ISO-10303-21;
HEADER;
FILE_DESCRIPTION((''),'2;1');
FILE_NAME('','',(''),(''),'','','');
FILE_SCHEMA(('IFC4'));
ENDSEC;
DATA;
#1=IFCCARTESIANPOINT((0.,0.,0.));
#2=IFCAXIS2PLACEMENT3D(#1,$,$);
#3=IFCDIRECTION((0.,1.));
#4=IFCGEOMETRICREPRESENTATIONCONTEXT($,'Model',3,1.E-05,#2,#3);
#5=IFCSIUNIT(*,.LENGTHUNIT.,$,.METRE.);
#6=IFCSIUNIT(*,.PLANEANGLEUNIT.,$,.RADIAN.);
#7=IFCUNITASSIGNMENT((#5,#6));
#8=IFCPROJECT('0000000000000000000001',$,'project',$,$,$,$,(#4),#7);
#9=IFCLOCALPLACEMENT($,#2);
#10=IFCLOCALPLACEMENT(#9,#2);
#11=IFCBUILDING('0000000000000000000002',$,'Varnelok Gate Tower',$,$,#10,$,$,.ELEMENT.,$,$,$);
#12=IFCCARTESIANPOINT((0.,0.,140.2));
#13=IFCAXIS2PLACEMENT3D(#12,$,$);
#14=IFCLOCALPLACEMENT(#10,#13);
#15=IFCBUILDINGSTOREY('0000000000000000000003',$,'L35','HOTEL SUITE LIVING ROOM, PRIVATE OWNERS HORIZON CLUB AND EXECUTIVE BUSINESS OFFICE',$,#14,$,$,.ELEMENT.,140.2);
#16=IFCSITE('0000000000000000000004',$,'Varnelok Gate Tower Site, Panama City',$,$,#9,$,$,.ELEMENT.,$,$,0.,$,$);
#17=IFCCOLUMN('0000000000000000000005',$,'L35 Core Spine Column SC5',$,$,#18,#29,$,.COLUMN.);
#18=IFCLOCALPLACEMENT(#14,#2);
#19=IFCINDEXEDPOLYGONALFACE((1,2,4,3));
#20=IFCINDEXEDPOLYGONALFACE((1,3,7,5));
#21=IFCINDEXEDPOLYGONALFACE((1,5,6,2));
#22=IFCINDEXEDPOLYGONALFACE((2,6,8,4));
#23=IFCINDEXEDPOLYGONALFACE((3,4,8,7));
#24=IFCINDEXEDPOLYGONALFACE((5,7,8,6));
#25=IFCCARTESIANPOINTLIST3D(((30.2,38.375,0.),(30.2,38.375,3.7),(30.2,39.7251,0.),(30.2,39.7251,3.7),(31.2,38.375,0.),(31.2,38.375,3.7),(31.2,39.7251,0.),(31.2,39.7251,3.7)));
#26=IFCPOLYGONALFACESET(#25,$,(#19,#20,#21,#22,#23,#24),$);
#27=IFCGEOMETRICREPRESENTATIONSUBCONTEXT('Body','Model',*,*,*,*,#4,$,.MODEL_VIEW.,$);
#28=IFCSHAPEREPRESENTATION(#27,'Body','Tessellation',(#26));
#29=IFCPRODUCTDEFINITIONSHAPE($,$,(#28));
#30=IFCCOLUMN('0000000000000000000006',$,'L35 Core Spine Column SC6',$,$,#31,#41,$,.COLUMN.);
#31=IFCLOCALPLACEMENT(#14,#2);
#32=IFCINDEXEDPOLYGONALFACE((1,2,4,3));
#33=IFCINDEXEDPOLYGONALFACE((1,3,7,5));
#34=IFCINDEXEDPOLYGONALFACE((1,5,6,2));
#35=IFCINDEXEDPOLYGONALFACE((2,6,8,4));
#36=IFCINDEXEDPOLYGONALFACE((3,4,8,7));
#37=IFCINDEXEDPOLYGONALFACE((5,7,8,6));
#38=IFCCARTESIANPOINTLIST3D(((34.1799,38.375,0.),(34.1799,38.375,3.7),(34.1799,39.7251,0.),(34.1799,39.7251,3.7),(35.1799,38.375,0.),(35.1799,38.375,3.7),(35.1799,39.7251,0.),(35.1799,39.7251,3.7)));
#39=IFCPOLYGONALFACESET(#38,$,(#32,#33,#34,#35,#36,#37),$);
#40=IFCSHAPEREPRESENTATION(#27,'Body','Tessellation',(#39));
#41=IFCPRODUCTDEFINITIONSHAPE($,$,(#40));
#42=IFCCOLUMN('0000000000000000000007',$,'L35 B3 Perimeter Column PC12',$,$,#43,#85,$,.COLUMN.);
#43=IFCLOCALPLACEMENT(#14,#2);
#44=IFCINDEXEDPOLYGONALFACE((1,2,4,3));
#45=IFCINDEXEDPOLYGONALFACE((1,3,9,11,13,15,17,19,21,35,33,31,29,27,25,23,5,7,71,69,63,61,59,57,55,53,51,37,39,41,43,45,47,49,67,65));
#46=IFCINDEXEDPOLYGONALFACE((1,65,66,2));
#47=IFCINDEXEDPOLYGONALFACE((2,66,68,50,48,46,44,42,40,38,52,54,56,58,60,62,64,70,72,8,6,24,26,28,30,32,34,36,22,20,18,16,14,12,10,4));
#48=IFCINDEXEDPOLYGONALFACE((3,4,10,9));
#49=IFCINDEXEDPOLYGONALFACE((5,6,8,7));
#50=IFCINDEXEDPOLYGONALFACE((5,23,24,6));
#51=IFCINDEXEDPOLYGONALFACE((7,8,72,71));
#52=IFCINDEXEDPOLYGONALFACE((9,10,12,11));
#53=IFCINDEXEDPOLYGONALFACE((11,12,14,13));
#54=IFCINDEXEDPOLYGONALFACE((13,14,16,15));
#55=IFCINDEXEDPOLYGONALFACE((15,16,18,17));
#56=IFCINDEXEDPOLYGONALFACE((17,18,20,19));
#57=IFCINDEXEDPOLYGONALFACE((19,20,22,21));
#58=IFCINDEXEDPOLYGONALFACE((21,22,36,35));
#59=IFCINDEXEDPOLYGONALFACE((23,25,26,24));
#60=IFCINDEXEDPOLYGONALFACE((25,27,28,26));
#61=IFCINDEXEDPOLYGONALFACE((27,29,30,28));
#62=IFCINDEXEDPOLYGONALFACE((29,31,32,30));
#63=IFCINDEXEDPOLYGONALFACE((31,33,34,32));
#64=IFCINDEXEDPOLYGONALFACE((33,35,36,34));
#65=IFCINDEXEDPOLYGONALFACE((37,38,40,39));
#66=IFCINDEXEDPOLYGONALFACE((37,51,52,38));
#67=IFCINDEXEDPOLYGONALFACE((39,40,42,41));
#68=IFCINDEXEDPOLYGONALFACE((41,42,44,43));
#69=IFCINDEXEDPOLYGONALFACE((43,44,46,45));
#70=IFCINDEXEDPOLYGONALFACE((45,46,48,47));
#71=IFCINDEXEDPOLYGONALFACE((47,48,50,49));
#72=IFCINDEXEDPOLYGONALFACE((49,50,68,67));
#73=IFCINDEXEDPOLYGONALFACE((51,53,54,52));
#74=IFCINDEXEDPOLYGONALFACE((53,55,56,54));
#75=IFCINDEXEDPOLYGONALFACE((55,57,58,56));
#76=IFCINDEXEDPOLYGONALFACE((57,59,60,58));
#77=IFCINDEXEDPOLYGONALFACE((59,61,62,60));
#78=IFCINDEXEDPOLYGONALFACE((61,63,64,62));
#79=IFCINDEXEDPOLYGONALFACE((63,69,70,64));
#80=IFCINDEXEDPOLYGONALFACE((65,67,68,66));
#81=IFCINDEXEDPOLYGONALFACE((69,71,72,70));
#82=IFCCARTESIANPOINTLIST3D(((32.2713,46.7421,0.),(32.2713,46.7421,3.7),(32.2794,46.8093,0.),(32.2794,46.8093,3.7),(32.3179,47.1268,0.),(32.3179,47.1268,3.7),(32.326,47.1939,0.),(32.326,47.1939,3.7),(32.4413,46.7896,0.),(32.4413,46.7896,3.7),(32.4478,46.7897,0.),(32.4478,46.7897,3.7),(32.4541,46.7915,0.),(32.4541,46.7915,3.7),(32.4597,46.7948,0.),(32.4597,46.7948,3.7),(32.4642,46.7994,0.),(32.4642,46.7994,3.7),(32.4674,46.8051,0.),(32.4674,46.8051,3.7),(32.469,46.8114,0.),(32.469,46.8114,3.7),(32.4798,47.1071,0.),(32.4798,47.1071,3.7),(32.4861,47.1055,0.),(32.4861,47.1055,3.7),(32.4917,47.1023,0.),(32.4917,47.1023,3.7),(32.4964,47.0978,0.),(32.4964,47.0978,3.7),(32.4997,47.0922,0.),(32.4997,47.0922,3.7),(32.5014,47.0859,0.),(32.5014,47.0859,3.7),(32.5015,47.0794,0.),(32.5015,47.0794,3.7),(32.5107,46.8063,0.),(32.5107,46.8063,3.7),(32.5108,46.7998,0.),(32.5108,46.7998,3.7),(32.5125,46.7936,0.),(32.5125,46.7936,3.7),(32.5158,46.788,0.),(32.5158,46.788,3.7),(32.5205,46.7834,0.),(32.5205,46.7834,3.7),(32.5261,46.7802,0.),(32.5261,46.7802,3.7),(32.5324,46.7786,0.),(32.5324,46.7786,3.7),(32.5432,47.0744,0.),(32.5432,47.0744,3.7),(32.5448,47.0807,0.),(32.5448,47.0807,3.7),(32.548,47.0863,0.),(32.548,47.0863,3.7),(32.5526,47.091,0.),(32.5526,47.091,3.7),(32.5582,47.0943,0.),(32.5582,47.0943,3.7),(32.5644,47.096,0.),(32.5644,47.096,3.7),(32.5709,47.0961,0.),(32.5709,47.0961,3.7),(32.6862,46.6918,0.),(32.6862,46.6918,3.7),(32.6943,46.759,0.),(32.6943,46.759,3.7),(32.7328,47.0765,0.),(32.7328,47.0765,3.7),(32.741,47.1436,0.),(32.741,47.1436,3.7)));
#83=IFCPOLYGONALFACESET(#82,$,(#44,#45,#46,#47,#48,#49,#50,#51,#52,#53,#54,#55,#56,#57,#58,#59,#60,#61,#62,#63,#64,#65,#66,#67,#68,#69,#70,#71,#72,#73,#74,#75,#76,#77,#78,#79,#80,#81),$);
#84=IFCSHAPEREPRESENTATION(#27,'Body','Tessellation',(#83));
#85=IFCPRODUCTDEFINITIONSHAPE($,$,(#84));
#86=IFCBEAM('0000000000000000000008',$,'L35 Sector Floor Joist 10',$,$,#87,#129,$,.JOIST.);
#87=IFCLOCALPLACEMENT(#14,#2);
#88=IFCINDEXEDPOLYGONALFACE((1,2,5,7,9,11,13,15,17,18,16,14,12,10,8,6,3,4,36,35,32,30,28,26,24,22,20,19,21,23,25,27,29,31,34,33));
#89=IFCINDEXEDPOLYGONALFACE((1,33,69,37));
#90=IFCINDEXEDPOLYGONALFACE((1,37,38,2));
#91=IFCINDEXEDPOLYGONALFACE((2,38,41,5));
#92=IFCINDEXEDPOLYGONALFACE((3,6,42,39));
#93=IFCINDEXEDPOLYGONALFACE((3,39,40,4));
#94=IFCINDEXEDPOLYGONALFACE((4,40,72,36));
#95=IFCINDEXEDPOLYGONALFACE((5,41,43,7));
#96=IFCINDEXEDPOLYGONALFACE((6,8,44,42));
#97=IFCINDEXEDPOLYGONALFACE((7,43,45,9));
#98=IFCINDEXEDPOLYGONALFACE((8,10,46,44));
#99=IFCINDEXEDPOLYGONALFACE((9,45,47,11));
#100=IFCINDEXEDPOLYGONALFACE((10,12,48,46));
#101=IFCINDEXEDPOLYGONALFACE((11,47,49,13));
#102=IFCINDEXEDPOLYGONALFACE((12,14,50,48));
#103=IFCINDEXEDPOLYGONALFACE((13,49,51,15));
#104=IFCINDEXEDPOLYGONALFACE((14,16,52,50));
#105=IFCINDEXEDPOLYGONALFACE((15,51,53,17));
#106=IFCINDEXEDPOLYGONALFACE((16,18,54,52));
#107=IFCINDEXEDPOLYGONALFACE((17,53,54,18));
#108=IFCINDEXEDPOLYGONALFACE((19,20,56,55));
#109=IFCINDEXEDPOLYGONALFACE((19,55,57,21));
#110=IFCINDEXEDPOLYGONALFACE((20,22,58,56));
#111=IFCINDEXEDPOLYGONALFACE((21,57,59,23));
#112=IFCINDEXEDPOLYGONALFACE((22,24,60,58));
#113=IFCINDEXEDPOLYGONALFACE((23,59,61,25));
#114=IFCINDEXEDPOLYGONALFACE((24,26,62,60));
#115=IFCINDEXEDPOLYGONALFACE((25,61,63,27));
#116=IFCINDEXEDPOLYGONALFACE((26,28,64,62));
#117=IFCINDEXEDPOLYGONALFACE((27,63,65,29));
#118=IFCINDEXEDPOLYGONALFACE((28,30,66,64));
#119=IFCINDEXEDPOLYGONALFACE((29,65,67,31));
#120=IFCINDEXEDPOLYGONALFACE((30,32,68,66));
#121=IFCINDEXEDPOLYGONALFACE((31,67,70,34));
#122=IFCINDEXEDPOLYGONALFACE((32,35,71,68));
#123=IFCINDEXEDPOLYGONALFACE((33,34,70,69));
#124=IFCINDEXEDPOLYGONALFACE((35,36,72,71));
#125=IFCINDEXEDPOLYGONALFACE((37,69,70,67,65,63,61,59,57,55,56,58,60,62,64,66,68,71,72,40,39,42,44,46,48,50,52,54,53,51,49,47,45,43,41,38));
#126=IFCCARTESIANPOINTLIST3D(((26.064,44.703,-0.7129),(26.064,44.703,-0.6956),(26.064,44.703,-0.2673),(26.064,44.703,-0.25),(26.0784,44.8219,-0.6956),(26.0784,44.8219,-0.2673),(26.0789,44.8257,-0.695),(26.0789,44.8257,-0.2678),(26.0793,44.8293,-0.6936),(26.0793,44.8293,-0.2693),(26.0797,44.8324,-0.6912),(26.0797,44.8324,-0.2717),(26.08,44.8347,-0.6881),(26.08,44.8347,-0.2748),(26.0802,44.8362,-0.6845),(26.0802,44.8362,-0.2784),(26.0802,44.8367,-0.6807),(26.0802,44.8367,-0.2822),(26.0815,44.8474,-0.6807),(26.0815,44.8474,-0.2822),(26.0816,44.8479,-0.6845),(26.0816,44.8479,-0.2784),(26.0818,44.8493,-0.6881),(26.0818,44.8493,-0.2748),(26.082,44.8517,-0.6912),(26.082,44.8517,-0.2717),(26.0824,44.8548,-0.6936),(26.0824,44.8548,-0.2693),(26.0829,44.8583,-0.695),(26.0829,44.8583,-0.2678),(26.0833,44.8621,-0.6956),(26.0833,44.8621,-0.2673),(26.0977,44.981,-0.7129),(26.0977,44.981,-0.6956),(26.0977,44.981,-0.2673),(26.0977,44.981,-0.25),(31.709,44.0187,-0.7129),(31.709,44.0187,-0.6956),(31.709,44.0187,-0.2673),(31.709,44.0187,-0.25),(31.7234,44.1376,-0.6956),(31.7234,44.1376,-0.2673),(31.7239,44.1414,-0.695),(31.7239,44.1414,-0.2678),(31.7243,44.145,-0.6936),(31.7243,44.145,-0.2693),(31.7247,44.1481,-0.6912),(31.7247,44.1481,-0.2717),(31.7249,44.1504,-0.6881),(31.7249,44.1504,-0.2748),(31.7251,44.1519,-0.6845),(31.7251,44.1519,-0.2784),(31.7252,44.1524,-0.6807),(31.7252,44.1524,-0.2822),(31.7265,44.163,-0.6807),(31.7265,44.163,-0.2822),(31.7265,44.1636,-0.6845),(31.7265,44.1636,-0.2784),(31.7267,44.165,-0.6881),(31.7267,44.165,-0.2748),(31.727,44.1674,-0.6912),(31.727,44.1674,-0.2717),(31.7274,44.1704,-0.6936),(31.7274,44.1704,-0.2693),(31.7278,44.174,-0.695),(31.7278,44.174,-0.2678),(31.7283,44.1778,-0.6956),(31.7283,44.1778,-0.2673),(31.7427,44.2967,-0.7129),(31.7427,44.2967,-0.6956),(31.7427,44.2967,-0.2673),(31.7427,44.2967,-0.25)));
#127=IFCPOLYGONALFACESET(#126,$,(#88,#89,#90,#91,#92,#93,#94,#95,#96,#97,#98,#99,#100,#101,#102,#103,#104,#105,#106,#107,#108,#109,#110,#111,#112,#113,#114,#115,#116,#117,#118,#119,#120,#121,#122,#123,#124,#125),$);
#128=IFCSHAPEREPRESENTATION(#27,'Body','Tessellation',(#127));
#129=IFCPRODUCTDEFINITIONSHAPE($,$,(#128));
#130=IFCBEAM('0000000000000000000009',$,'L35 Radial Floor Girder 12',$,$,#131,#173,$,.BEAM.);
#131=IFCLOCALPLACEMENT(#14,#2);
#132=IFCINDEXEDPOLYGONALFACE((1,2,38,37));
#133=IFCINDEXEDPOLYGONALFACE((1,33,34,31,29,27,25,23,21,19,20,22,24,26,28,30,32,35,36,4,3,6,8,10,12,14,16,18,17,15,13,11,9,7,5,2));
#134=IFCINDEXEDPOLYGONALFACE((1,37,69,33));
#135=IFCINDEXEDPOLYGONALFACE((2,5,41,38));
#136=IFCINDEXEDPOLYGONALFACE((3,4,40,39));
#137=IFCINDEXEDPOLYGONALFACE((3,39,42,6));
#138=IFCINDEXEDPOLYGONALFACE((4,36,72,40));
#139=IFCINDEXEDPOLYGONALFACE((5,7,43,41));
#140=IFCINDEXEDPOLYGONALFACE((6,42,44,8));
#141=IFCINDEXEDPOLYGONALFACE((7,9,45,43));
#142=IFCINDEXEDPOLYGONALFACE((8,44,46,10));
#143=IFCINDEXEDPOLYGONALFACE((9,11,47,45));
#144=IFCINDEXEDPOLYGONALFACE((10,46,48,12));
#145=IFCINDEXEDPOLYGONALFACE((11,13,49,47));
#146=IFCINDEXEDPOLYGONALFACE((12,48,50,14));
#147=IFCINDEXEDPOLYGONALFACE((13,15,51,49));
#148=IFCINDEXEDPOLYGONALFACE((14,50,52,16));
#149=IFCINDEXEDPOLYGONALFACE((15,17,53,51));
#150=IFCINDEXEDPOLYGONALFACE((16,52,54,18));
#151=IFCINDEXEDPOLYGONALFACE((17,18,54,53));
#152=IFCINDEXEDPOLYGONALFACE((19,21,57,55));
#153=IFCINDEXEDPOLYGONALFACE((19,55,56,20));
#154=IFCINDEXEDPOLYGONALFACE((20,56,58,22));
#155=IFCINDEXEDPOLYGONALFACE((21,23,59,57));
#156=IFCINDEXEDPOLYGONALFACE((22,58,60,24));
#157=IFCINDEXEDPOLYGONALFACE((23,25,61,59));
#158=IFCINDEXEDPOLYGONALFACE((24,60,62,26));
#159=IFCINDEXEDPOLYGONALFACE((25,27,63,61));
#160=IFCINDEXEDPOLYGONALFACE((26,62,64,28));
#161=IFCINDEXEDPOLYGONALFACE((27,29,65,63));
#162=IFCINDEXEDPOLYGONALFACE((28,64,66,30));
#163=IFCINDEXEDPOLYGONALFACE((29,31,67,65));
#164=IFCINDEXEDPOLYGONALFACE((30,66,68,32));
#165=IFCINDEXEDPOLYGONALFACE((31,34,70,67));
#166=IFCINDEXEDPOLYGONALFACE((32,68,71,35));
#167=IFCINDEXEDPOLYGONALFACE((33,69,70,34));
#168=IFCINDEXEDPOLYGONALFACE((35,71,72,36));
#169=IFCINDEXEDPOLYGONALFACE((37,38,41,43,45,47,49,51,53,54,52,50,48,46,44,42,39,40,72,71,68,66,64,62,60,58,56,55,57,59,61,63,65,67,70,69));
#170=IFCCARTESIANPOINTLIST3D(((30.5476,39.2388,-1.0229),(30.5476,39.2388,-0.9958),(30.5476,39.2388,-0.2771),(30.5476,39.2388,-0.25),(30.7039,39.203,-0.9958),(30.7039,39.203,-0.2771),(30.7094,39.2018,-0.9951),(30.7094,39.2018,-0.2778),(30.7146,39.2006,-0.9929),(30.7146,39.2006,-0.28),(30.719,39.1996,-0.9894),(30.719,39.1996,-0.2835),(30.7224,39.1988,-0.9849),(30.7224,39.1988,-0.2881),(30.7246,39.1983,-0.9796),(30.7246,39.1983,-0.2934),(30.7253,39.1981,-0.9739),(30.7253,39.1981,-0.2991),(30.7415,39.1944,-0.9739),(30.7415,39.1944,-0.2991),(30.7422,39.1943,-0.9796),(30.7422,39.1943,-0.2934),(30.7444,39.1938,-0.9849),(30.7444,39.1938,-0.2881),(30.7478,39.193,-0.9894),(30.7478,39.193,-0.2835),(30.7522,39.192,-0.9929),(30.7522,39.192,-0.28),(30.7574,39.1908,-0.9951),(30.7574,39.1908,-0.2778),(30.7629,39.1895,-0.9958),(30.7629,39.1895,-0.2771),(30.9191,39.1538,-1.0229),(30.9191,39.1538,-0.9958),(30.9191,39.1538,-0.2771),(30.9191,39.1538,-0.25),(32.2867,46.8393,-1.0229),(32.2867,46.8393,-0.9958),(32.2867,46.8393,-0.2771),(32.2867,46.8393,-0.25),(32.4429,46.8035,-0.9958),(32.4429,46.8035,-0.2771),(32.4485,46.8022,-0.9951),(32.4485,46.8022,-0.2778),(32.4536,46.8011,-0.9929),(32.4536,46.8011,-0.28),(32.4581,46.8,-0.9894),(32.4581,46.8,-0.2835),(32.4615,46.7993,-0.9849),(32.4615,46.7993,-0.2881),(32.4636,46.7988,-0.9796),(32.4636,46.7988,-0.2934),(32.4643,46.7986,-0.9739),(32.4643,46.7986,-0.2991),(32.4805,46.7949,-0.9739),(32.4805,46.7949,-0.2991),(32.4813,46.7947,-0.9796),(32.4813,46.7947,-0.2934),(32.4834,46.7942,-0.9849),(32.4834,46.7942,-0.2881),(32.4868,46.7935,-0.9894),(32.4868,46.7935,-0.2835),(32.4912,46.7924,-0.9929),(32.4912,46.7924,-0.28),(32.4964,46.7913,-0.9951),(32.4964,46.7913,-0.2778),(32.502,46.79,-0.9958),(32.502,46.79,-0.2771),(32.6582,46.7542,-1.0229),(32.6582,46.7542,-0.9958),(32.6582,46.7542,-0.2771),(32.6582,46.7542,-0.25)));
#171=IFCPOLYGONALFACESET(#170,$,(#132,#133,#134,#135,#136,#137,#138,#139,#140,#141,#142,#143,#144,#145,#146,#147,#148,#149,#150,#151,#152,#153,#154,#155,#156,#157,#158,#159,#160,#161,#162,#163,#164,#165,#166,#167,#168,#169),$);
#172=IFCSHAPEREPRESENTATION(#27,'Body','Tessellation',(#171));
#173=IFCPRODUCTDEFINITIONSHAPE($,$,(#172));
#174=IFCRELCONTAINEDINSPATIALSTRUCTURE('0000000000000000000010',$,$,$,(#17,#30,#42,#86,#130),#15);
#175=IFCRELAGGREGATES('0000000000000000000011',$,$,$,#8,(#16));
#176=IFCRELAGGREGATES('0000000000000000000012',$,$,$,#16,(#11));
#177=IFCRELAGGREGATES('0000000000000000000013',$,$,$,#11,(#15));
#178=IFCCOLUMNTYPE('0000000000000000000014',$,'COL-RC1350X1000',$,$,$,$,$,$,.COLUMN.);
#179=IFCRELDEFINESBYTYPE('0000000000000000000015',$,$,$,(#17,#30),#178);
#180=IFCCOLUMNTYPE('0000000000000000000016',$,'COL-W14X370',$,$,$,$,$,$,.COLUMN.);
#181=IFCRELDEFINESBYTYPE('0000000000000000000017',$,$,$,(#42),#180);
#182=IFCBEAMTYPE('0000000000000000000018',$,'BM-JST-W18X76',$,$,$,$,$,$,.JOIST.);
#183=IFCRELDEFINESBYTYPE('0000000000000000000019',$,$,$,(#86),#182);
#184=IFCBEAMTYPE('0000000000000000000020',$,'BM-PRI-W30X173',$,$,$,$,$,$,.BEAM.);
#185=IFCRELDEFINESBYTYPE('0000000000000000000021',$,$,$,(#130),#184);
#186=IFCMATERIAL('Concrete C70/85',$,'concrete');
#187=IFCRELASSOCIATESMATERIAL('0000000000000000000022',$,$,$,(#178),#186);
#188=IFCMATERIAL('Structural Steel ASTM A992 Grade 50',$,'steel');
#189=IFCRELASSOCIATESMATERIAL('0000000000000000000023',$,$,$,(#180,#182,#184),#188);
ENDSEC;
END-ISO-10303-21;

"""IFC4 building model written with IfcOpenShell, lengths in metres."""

from ifc_helpers import new_model, si_unit, direction, frame, origin, origin_2d, place, context, subcontext, project, spatial, rectangle, i_section, extrude, material, material_profile, profile_set, type_object, element, save


model = new_model("IFC4")

# Units and contexts
model_context = context("Model", 3, precision=1e-05, world=origin(), true_north=direction((0.0, 1.0)))
body_context = subcontext(model_context, "Body", "Model", "MODEL_VIEW")
ifc_project = project(units=[si_unit("LENGTHUNIT", "METRE"), si_unit("PLANEANGLEUNIT", "RADIAN")], contexts=[model_context])

# Site, building, storey
site_placement = place(None, origin())
site = spatial("IfcSite", under=ifc_project, at=site_placement, Name="Varnelok Gate Tower Site, Panama City", CompositionType="ELEMENT", RefElevation=0.0)
building_placement = place(site_placement, origin())
building = spatial("IfcBuilding", under=site, at=building_placement, Name="Varnelok Gate Tower", CompositionType="ELEMENT")
storey_placement = place(building_placement, frame((0.0, 0.0, 140.2)))
storey = spatial("IfcBuildingStorey", under=building, at=storey_placement, Name="L35", Description="HOTEL SUITE LIVING ROOM, PRIVATE OWNERS HORIZON CLUB AND EXECUTIVE BUSINESS OFFICE", CompositionType="ELEMENT", Elevation=140.2)

# Columns
ifc_material_1 = material(Name="Concrete C70/85", Category="concrete")
ifc_material_profile_1 = material_profile(ifc_material_1, rectangle(XDim=1.0, YDim=1.3501, at=origin_2d()), Name="RC1350X1000")
ifc_profile_set_1 = profile_set([ifc_material_profile_1], Name="Concrete C70/85")
column_type_1 = type_object("IfcColumnType", Name="COL-RC1350X1000", PredefinedType="COLUMN", material=ifc_profile_set_1)
for number, where, z_axis, x_axis, name in (
    (1, (30.7, 39.05, 0.0), (0.0, 0.0, 1.0), (1.0, 0.0, 0.0), "L35 Core Spine Column SC5"),
    (2, (34.6799, 39.05, 0.0), (0.0, 0.0, 1.0), (1.0, 0.0, 0.0), "L35 Core Spine Column SC6"),
):
    element("IfcColumn", number, at=place(storey_placement, frame(where, z_axis=z_axis, x_axis=x_axis)), inside=storey, type_object=column_type_1, Name=name, PredefinedType="COLUMN", context=body_context, shape_type="SweptSolid", body=[
        extrude(rectangle(XDim=1.0, YDim=1.3501, at=origin_2d()), origin(), (0.0, 0.0, 1.0), 3.7),
    ])
ifc_material_2 = material(Name="Structural Steel ASTM A992 Grade 50", Category="steel")
ifc_material_profile_2 = material_profile(ifc_material_2, i_section(OverallWidth=0.418, OverallDepth=0.4551, WebThickness=0.042, FlangeThickness=0.0676, FilletRadius=0.0249, at=origin_2d()), Name="W14X370")
ifc_profile_set_2 = profile_set([ifc_material_profile_2], Name="Structural Steel ASTM A992 Grade 50")
column_type_2 = type_object("IfcColumnType", Name="COL-W14X370", PredefinedType="COLUMN", material=ifc_profile_set_2)
column_placement = place(storey_placement, frame((32.5061, 46.9429, 0.0), z_axis=(0.0, 0.0, 1.0), x_axis=(0.992732, -0.120345, 0.0)))
element("IfcColumn", 3, at=column_placement, inside=storey, type_object=column_type_2, Name="L35 B3 Perimeter Column PC12", PredefinedType="COLUMN", context=body_context, shape_type="SweptSolid", body=[
    extrude(i_section(OverallWidth=0.418, OverallDepth=0.4551, WebThickness=0.042, FlangeThickness=0.0676, FilletRadius=0.0249, at=origin_2d()), origin(), (0.0, 0.0, 1.0), 3.7),
])

# Beams
ifc_material_profile_3 = material_profile(ifc_material_2, i_section(OverallWidth=0.28, OverallDepth=0.4629, WebThickness=0.0107, FlangeThickness=0.0173, FilletRadius=0.0149, at=origin_2d()), Name="W18X76")
ifc_profile_set_3 = profile_set([ifc_material_profile_3], Name="Structural Steel ASTM A992 Grade 50")
beam_type_1 = type_object("IfcBeamType", Name="BM-JST-W18X76", PredefinedType="JOIST", material=ifc_profile_set_3)
beam_1_placement = place(storey_placement, frame((31.7258, 44.1577, -0.4814), z_axis=(-0.992732, 0.120345, 0.0), x_axis=(-0.120345, -0.992732, 0.0)))
element("IfcBeam", 4, at=beam_1_placement, inside=storey, type_object=beam_type_1, Name="L35 Sector Floor Joist 10", PredefinedType="JOIST", context=body_context, shape_type="SweptSolid", body=[
    extrude(i_section(OverallWidth=0.28, OverallDepth=0.4629, WebThickness=0.0107, FlangeThickness=0.0173, FilletRadius=0.0149, at=origin_2d()), origin(), (0.0, 0.0, 1.0), 5.6863),
])
ifc_material_profile_4 = material_profile(ifc_material_2, i_section(OverallWidth=0.3811, OverallDepth=0.7729, WebThickness=0.0166, FlangeThickness=0.0271, FilletRadius=0.022, at=origin_2d()), Name="W30X173")
ifc_profile_set_4 = profile_set([ifc_material_profile_4], Name="Structural Steel ASTM A992 Grade 50")
beam_type_2 = type_object("IfcBeamType", Name="BM-PRI-W30X173", PredefinedType="BEAM", material=ifc_profile_set_4)
beam_2_placement = place(storey_placement, frame((30.7334, 39.1963, -0.6365), z_axis=(0.223043, 0.974809, 0.0), x_axis=(-0.974809, 0.223043, 0.0)))
element("IfcBeam", 5, at=beam_2_placement, inside=storey, type_object=beam_type_2, Name="L35 Radial Floor Girder 12", PredefinedType="BEAM", context=body_context, shape_type="SweptSolid", body=[
    extrude(i_section(OverallWidth=0.3811, OverallDepth=0.7729, WebThickness=0.0166, FlangeThickness=0.0271, FilletRadius=0.022, at=origin_2d()), origin(), (0.0, 0.0, 1.0), 7.7969),
])

save(model, "model.ifc")
